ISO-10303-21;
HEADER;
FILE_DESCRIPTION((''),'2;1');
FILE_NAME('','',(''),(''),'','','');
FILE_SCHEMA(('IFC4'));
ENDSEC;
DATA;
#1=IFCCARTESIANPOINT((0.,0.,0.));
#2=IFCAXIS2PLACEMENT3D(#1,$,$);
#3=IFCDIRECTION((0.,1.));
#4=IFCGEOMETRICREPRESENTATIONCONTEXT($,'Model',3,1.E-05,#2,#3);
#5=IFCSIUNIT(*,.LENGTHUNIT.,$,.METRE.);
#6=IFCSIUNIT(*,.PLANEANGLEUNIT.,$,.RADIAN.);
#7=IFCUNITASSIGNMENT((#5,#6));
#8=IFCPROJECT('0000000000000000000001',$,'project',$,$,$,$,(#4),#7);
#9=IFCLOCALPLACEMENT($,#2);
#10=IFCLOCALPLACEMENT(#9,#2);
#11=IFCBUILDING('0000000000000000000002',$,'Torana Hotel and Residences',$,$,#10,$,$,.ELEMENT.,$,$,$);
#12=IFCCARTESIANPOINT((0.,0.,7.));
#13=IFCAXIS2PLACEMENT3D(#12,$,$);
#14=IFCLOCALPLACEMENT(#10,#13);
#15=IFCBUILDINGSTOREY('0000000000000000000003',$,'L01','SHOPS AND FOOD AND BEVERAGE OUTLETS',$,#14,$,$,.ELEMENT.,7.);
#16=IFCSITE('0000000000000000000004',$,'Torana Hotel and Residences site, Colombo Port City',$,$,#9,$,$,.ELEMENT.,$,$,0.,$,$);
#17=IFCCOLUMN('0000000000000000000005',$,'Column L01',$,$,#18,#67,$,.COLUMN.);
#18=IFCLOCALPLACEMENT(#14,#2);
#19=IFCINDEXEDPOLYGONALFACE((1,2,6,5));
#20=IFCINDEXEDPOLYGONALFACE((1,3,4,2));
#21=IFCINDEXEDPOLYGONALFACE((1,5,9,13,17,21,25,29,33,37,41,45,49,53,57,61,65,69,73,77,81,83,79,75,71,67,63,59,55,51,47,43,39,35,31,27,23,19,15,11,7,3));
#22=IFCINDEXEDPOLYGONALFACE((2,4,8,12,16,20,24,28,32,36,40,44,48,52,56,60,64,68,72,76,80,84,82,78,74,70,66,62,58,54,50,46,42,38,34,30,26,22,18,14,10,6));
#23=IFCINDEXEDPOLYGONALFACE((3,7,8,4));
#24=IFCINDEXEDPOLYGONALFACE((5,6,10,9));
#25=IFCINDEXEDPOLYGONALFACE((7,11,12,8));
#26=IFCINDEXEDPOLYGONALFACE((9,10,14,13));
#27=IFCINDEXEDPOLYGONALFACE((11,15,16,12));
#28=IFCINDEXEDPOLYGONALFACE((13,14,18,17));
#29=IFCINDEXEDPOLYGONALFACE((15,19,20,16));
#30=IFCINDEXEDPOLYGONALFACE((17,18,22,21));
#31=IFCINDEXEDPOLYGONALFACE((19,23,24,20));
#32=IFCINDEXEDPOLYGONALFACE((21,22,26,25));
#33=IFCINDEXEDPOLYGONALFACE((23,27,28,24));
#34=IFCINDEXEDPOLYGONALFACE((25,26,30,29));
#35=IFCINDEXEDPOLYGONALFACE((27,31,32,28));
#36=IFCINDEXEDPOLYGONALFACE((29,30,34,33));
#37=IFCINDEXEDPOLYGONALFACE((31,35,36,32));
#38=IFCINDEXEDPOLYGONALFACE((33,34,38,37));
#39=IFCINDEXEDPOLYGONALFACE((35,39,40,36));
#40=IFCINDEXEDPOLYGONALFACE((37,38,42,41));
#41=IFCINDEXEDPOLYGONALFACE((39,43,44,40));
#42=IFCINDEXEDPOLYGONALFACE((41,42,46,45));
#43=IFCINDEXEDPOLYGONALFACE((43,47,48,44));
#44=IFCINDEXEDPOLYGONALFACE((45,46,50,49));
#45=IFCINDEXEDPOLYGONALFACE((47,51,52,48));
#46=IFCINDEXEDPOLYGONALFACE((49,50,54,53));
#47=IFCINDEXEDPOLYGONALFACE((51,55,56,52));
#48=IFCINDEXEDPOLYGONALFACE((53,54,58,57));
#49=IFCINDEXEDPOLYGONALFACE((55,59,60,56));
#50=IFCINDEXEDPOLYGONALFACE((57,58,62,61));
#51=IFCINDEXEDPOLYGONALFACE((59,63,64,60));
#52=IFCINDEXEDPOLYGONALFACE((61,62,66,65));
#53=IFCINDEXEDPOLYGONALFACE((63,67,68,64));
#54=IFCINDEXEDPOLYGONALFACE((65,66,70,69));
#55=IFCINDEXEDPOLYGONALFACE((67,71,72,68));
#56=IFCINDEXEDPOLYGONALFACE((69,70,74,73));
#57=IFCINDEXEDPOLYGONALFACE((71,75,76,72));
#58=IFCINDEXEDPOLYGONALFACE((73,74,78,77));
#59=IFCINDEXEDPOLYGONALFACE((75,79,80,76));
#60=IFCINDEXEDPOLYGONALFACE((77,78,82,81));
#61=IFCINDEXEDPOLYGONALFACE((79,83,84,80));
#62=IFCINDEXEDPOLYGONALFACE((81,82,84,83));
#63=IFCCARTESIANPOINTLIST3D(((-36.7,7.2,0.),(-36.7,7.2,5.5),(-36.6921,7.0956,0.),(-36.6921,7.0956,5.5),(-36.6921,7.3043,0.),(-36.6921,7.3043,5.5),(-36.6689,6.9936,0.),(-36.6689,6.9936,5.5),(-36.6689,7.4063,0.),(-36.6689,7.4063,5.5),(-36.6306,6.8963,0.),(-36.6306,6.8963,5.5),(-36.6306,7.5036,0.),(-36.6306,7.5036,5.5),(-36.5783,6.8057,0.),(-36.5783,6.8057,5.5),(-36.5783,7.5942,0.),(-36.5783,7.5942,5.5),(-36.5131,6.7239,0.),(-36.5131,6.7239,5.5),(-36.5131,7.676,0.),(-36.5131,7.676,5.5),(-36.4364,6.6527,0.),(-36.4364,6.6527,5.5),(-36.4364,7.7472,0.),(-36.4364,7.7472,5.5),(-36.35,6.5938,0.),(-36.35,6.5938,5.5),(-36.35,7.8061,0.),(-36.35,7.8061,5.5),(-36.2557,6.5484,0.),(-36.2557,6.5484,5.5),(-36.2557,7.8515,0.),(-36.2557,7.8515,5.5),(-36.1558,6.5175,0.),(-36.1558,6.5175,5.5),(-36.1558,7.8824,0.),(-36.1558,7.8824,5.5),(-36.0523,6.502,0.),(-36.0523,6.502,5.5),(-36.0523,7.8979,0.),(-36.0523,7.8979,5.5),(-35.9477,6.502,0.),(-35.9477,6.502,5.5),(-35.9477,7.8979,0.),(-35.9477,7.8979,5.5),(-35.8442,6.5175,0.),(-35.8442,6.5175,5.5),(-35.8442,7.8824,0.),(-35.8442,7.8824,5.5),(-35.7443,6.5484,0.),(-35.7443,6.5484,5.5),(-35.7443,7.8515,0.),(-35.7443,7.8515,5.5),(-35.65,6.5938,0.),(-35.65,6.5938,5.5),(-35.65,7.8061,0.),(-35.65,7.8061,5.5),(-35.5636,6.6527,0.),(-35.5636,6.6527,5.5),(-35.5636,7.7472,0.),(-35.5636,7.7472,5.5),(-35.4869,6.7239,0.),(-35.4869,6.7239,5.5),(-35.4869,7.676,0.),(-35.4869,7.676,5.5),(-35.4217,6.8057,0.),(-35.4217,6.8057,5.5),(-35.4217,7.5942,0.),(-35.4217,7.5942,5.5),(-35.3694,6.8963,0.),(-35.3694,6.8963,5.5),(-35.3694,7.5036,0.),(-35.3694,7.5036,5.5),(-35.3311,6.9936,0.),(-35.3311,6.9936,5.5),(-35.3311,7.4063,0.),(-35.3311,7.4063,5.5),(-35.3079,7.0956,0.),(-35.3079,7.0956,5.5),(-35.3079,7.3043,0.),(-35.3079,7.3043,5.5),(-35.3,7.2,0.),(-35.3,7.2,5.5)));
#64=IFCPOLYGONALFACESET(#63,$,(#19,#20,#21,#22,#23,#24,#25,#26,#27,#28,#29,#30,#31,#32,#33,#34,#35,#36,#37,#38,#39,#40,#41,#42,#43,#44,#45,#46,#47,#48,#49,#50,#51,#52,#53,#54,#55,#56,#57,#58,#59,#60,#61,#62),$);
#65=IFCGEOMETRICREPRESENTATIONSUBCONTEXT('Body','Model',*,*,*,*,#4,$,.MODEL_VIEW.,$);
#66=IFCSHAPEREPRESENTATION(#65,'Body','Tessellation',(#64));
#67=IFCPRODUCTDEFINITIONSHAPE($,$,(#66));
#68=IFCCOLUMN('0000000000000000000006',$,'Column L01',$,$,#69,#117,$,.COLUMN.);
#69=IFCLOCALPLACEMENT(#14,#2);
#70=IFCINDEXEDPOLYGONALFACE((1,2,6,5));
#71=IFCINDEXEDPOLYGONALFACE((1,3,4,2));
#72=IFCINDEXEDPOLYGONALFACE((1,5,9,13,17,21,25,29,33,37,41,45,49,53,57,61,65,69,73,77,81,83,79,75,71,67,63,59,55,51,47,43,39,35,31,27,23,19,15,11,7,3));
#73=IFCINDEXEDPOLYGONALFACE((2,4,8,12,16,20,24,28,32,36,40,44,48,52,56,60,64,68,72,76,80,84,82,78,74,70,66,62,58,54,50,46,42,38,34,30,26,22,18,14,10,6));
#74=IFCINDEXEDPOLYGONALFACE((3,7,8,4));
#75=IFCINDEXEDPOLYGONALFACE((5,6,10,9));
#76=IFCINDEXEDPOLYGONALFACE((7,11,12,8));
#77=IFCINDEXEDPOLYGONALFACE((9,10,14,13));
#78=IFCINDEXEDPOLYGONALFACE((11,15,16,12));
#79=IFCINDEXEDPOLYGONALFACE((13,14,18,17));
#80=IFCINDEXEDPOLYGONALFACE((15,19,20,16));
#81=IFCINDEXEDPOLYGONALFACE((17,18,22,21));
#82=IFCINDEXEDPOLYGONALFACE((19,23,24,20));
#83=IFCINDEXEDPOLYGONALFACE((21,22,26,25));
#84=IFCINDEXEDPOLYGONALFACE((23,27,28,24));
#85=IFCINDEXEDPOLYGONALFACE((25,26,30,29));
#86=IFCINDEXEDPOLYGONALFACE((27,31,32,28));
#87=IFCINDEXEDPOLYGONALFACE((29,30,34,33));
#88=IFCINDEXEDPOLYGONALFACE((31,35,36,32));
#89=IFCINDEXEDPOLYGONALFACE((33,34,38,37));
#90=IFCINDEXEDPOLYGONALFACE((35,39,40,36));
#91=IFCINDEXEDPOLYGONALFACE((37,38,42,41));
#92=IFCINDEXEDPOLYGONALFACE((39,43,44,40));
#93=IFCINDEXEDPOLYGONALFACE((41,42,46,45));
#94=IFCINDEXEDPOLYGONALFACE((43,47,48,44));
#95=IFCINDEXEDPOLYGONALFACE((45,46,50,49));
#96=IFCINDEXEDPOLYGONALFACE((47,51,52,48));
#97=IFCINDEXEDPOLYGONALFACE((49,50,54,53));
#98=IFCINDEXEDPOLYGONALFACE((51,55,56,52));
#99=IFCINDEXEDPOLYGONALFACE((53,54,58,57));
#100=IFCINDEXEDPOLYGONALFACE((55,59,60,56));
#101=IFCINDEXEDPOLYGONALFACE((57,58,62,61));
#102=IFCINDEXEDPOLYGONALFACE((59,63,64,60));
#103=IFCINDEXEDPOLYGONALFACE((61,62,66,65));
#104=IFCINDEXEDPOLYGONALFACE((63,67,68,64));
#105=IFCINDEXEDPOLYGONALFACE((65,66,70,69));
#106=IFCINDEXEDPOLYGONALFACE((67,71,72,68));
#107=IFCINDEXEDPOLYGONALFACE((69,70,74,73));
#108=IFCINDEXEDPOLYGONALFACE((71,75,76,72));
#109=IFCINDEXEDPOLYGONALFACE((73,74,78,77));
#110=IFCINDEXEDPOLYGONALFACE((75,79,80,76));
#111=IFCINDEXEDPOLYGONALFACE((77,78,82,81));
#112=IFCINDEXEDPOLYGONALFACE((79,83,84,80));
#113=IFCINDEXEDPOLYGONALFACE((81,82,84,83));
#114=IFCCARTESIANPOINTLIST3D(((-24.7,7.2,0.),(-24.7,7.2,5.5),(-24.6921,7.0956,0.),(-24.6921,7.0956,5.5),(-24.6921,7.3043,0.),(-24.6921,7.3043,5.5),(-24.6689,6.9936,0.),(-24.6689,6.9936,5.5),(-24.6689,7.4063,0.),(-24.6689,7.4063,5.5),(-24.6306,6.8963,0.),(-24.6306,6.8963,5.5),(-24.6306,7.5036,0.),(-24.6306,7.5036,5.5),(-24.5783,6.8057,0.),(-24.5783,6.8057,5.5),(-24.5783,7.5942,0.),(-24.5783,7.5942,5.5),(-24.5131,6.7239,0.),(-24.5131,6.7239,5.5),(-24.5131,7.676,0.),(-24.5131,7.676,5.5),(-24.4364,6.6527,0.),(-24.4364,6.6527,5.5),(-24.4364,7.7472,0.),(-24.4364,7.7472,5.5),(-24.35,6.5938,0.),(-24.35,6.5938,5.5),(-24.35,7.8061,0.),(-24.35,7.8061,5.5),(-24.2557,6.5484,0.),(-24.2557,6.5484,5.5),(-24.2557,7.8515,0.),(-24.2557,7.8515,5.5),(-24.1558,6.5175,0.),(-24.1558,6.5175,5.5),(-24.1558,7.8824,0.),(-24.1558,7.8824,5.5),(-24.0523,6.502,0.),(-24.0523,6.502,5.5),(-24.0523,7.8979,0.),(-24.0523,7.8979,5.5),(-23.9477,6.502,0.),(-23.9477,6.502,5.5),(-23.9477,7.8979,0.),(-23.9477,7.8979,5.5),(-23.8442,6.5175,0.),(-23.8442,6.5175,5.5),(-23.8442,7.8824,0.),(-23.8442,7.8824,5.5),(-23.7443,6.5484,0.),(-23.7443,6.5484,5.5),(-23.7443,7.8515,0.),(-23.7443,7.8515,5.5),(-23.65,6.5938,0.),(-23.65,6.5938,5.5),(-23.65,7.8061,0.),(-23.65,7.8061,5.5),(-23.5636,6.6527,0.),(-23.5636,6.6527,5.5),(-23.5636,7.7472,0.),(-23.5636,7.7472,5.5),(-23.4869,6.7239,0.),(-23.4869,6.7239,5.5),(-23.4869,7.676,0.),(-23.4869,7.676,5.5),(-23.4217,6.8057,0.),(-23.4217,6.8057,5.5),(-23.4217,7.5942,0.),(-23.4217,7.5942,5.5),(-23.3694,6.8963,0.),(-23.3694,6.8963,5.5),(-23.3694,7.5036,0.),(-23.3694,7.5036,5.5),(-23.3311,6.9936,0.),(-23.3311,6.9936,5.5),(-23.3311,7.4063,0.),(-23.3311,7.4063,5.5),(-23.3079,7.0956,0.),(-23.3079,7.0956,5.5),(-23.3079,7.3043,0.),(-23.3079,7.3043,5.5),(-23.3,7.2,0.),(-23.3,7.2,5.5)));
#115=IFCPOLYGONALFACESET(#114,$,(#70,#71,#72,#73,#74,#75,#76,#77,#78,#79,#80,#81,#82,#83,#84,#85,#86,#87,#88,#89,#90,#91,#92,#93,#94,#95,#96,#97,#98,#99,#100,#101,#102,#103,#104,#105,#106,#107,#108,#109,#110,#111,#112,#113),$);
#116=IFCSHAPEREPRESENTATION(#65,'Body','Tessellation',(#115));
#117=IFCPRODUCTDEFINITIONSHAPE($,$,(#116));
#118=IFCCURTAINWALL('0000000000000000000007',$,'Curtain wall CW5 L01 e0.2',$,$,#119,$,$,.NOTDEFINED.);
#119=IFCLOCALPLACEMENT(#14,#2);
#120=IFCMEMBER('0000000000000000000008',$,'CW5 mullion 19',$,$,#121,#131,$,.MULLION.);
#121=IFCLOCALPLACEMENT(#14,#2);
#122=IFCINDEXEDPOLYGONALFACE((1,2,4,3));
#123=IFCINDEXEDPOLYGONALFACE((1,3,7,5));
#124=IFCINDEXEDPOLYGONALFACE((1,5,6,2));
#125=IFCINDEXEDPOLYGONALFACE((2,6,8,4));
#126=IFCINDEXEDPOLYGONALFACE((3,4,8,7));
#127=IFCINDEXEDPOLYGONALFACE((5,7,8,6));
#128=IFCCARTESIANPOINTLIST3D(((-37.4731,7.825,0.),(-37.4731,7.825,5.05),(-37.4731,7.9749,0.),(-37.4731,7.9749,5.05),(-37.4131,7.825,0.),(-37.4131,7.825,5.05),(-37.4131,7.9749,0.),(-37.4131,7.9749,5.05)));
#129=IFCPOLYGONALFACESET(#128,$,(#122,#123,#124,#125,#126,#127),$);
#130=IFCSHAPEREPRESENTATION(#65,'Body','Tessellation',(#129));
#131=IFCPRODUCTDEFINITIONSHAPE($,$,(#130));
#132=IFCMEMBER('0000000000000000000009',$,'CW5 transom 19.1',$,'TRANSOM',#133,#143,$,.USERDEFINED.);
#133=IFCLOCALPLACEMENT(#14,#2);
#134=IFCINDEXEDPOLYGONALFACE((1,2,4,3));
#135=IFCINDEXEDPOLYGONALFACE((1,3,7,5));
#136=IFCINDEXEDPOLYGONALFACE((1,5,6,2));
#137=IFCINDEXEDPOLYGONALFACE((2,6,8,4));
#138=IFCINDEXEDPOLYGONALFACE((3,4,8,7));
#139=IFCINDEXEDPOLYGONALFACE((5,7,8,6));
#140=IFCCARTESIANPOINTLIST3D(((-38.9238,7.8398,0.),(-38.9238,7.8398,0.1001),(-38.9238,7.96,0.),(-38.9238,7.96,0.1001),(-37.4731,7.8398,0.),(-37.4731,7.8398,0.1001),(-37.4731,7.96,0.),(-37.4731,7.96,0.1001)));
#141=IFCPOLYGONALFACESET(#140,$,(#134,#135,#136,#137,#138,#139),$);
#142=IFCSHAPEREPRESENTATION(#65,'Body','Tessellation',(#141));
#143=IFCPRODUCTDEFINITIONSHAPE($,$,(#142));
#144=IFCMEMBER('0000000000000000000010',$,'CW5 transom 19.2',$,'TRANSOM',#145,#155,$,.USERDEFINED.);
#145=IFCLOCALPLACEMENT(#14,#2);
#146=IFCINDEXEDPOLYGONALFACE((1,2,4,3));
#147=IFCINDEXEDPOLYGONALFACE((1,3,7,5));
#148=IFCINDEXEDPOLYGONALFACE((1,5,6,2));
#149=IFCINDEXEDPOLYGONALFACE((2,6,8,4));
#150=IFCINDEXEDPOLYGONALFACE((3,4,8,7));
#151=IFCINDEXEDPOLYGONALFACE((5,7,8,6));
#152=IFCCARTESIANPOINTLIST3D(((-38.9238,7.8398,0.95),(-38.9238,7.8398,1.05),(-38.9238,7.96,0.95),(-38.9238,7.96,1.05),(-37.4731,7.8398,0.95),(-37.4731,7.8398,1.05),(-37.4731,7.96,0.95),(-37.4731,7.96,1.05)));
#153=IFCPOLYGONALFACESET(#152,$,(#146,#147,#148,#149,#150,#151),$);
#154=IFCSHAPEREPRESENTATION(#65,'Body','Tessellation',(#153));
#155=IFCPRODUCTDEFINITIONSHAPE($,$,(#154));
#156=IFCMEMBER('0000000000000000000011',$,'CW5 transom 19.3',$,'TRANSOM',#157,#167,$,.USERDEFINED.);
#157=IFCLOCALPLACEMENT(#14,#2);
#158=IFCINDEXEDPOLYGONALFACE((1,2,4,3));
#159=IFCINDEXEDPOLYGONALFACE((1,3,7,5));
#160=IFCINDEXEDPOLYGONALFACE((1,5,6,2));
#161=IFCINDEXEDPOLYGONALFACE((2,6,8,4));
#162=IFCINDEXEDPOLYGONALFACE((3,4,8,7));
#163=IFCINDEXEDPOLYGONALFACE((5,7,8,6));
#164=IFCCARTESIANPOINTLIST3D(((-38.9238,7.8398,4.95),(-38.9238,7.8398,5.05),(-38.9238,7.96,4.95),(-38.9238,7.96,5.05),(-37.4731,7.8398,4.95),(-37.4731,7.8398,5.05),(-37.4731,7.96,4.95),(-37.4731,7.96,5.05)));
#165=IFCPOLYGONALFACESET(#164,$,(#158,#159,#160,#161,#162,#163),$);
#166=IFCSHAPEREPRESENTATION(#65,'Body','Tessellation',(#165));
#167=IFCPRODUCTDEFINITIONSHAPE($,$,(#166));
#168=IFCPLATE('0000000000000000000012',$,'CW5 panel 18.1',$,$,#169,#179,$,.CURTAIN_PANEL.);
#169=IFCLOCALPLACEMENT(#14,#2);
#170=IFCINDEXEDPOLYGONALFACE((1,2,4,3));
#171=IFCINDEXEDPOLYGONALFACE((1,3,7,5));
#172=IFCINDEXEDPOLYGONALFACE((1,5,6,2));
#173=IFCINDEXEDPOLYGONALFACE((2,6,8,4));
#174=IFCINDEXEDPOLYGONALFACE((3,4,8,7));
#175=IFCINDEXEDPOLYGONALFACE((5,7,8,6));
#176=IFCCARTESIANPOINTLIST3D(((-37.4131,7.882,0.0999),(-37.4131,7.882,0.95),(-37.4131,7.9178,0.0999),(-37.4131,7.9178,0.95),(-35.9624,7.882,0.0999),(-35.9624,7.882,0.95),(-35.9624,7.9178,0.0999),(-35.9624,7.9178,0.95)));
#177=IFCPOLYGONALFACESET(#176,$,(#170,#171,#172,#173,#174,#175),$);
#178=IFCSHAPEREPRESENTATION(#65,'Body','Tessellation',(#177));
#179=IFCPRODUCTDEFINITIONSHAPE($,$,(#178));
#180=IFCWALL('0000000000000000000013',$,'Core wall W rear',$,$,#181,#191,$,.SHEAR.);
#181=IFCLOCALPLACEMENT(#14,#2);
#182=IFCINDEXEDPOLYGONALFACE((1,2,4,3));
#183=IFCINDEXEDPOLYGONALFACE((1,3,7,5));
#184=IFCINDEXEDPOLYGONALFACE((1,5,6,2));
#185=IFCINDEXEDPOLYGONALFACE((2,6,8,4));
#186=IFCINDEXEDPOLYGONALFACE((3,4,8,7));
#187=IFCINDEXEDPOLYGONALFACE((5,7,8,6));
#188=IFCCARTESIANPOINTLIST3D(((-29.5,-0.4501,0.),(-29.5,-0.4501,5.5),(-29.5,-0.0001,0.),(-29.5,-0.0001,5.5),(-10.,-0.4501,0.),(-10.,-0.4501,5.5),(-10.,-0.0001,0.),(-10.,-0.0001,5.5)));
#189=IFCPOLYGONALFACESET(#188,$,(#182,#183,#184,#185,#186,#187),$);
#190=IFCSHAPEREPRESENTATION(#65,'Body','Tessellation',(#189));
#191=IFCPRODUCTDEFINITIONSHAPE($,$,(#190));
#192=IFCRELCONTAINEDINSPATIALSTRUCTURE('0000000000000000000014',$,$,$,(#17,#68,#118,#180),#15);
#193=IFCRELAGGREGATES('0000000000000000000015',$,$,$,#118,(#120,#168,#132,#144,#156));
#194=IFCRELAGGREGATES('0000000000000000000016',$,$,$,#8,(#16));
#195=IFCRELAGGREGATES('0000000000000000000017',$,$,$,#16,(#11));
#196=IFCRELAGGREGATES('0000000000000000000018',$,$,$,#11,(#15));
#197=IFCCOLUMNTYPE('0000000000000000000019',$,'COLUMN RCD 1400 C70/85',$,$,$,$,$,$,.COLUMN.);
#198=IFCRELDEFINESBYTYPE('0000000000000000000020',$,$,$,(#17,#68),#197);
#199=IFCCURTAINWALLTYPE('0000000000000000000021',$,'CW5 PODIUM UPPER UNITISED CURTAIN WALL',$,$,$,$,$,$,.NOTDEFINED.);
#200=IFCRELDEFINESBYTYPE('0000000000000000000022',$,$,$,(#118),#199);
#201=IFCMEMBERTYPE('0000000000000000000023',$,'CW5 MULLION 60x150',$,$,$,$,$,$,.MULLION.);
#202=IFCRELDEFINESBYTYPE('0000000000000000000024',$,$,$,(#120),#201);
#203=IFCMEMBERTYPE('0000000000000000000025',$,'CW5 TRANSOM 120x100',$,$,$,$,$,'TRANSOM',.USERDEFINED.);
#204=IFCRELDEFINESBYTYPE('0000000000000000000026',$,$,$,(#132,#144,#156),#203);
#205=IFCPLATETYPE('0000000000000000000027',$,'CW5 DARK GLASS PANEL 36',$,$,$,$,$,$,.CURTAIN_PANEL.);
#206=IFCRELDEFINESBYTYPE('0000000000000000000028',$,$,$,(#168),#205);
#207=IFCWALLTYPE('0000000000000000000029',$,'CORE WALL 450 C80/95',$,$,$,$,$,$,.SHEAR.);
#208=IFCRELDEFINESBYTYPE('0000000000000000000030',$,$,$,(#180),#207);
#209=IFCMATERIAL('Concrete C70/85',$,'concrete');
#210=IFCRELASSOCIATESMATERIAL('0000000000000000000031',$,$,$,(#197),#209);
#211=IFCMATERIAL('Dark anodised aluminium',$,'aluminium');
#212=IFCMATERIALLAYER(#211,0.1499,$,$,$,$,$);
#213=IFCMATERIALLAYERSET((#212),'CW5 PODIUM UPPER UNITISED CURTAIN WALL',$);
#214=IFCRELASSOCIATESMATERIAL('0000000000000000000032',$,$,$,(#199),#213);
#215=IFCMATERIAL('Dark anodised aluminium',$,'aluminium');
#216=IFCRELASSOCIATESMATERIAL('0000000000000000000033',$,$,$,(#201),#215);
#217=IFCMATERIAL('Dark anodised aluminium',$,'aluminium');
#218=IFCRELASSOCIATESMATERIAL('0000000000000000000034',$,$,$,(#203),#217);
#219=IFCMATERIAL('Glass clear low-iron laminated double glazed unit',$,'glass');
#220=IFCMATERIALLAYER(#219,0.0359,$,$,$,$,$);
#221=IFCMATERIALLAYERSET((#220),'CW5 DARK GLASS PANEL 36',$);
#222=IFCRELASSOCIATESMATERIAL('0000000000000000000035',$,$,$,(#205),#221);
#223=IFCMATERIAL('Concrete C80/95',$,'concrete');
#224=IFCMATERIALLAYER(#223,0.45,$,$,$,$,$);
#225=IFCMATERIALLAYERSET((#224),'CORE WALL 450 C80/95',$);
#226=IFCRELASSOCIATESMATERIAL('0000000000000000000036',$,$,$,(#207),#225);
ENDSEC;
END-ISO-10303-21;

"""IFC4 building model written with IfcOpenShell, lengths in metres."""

from ifc_helpers import new_model, si_unit, direction, frame, frame_2d, origin, origin_2d, place, context, subcontext, project, spatial, rectangle, circle, extrude, material, layer, layer_set, material_profile, profile_set, type_object, element, aggregate, save


model = new_model("IFC4")

# Units and contexts
model_context = context("Model", 3, precision=1e-05, world=origin(), true_north=direction((0.0, 1.0)))
body_context = subcontext(model_context, "Body", "Model", "MODEL_VIEW")
ifc_project = project(units=[si_unit("LENGTHUNIT", "METRE"), si_unit("PLANEANGLEUNIT", "RADIAN")], contexts=[model_context])

# Site, building, storey
site_placement = place(None, origin())
site = spatial("IfcSite", under=ifc_project, at=site_placement, Name="Torana Hotel and Residences site, Colombo Port City", CompositionType="ELEMENT", RefElevation=0.0)
building_placement = place(site_placement, origin())
building = spatial("IfcBuilding", under=site, at=building_placement, Name="Torana Hotel and Residences", CompositionType="ELEMENT")
storey_placement = place(building_placement, frame((0.0, 0.0, 7.0)))
storey = spatial("IfcBuildingStorey", under=building, at=storey_placement, Name="L01", Description="SHOPS AND FOOD AND BEVERAGE OUTLETS", CompositionType="ELEMENT", Elevation=7.0)

# Columns
ifc_material_1 = material(Name="Concrete C70/85", Category="concrete")
ifc_material_profile_1 = material_profile(ifc_material_1, circle(Radius=0.7, at=origin_2d()), Name="RCD 1400")
ifc_profile_set_1 = profile_set([ifc_material_profile_1], Name="Concrete C70/85")
column_type = type_object("IfcColumnType", Name="COLUMN RCD 1400 C70/85", PredefinedType="COLUMN", material=ifc_profile_set_1)
for number, where, z_axis, x_axis, name in (
    (1, (-36.0, 7.2, 0.0), (0.0, 0.0, 1.0), (1.0, 0.0, 0.0), "Column L01"),
    (2, (-24.0, 7.2, 0.0), (0.0, 0.0, 1.0), (1.0, 0.0, 0.0), "Column L01"),
):
    element("IfcColumn", number, at=place(storey_placement, frame(where, z_axis=z_axis, x_axis=x_axis)), inside=storey, type_object=column_type, Name=name, PredefinedType="COLUMN", context=body_context, shape_type="SweptSolid", body=[
        extrude(circle(Radius=0.7, at=origin_2d()), origin(), (0.0, 0.0, 1.0), 5.5),
    ])

# Curtain wall, members, plate
ifc_material_2 = material(Name="Dark anodised aluminium", Category="aluminium")
ifc_layer_1 = layer(ifc_material_2, 0.1499)
ifc_layer_set_1 = layer_set([ifc_layer_1], Name="CW5 PODIUM UPPER UNITISED CURTAIN WALL")
curtain_wall_type = type_object("IfcCurtainWallType", Name="CW5 PODIUM UPPER UNITISED CURTAIN WALL", PredefinedType="NOTDEFINED", material=ifc_layer_set_1)
curtain_wall_placement = place(storey_placement, origin())
curtain_wall = element("IfcCurtainWall", 3, at=curtain_wall_placement, inside=storey, type_object=curtain_wall_type, Name="Curtain wall CW5 L01 e0.2", PredefinedType="NOTDEFINED")
ifc_material_3 = material(Name="Dark anodised aluminium", Category="aluminium")
ifc_material_profile_2 = material_profile(ifc_material_3, rectangle(XDim=0.1499, YDim=0.0601, at=origin_2d()), Name="CW5 MULLION 60x150")
ifc_profile_set_2 = profile_set([ifc_material_profile_2], Name="Dark anodised aluminium")
member_type_1 = type_object("IfcMemberType", Name="CW5 MULLION 60x150", PredefinedType="MULLION", material=ifc_profile_set_2)
member_1_placement = place(storey_placement, frame((-37.4431, 7.8999, 0.0), z_axis=(0.0, 0.0, 1.0), x_axis=(0.0, -1.0, 0.0)))
member_1 = element("IfcMember", 4, at=member_1_placement, type_object=member_type_1, Name="CW5 mullion 19", PredefinedType="MULLION", context=body_context, shape_type="SweptSolid", body=[
    extrude(rectangle(XDim=0.1499, YDim=0.0601, at=origin_2d()), origin(), (0.0, 0.0, 1.0), 5.05),
])
ifc_material_4 = material(Name="Dark anodised aluminium", Category="aluminium")
ifc_material_profile_3 = material_profile(ifc_material_4, rectangle(XDim=0.1201, YDim=0.1001, at=origin_2d()), Name="CW5 TRANSOM 120x100")
ifc_profile_set_3 = profile_set([ifc_material_profile_3], Name="Dark anodised aluminium")
member_type_2 = type_object("IfcMemberType", Name="CW5 TRANSOM 120x100", ElementType="TRANSOM", PredefinedType="USERDEFINED", material=ifc_profile_set_3)
member_2_placement = place(storey_placement, frame((-37.4731, 7.8999, 0.05), z_axis=(-1.0, 0.0, 0.0), x_axis=(0.0, -1.0, 0.0)))
member_2 = element("IfcMember", 5, at=member_2_placement, type_object=member_type_2, Name="CW5 transom 19.1", ObjectType="TRANSOM", PredefinedType="USERDEFINED", context=body_context, shape_type="SweptSolid", body=[
    extrude(rectangle(XDim=0.1201, YDim=0.1001, at=origin_2d()), origin(), (0.0, 0.0, 1.0), 1.4507),
])
member_3_placement = place(storey_placement, frame((-37.4731, 7.8999, 1.0), z_axis=(-1.0, 0.0, 0.0), x_axis=(0.0, -1.0, 0.0)))
member_3 = element("IfcMember", 6, at=member_3_placement, type_object=member_type_2, Name="CW5 transom 19.2", ObjectType="TRANSOM", PredefinedType="USERDEFINED", context=body_context, shape_type="SweptSolid", body=[
    extrude(rectangle(XDim=0.1201, YDim=0.1001, at=origin_2d()), origin(), (0.0, 0.0, 1.0), 1.4507),
])
member_4_placement = place(storey_placement, frame((-37.4731, 7.8999, 5.0), z_axis=(-1.0, 0.0, 0.0), x_axis=(0.0, -1.0, 0.0)))
member_4 = element("IfcMember", 7, at=member_4_placement, type_object=member_type_2, Name="CW5 transom 19.3", ObjectType="TRANSOM", PredefinedType="USERDEFINED", context=body_context, shape_type="SweptSolid", body=[
    extrude(rectangle(XDim=0.1201, YDim=0.1001, at=origin_2d()), origin(), (0.0, 0.0, 1.0), 1.4507),
])
ifc_material_5 = material(Name="Glass clear low-iron laminated double glazed unit", Category="glass")
ifc_layer_2 = layer(ifc_material_5, 0.0359)
ifc_layer_set_2 = layer_set([ifc_layer_2], Name="CW5 DARK GLASS PANEL 36")
plate_type = type_object("IfcPlateType", Name="CW5 DARK GLASS PANEL 36", PredefinedType="CURTAIN_PANEL", material=ifc_layer_set_2)
plate_placement = place(storey_placement, frame((-36.6877, 7.8999, 0.0999), z_axis=(0.0, 0.0, 1.0), x_axis=(-1.0, 0.0, 0.0)))
plate = element("IfcPlate", 8, at=plate_placement, type_object=plate_type, Name="CW5 panel 18.1", PredefinedType="CURTAIN_PANEL", context=body_context, shape_type="SweptSolid", body=[
    extrude(rectangle(XDim=1.4507, YDim=0.0359, at=origin_2d()), origin(), (0.0, 0.0, 1.0), 0.8501),
])
aggregate(curtain_wall, [member_1, plate, member_2, member_3, member_4])

# Wall
ifc_material_6 = material(Name="Concrete C80/95", Category="concrete")
ifc_layer_3 = layer(ifc_material_6, 0.45)
ifc_layer_set_3 = layer_set([ifc_layer_3], Name="CORE WALL 450 C80/95")
wall_type_1 = type_object("IfcWallType", Name="CORE WALL 450 C80/95", PredefinedType="SHEAR", material=ifc_layer_set_3)
wall_1_placement = place(storey_placement, frame((-29.5, -0.2251, 0.0), z_axis=(0.0, 0.0, 1.0), x_axis=(1.0, 0.0, 0.0)))
element("IfcWall", 9, at=wall_1_placement, inside=storey, type_object=wall_type_1, Name="Core wall W rear", PredefinedType="SHEAR", context=body_context, shape_type="SweptSolid", body=[
    extrude(rectangle(XDim=19.5, YDim=0.45, at=frame_2d((9.75, 0.0))), origin(), (0.0, 0.0, 1.0), 5.5),
])

save(model, "model.ifc")
